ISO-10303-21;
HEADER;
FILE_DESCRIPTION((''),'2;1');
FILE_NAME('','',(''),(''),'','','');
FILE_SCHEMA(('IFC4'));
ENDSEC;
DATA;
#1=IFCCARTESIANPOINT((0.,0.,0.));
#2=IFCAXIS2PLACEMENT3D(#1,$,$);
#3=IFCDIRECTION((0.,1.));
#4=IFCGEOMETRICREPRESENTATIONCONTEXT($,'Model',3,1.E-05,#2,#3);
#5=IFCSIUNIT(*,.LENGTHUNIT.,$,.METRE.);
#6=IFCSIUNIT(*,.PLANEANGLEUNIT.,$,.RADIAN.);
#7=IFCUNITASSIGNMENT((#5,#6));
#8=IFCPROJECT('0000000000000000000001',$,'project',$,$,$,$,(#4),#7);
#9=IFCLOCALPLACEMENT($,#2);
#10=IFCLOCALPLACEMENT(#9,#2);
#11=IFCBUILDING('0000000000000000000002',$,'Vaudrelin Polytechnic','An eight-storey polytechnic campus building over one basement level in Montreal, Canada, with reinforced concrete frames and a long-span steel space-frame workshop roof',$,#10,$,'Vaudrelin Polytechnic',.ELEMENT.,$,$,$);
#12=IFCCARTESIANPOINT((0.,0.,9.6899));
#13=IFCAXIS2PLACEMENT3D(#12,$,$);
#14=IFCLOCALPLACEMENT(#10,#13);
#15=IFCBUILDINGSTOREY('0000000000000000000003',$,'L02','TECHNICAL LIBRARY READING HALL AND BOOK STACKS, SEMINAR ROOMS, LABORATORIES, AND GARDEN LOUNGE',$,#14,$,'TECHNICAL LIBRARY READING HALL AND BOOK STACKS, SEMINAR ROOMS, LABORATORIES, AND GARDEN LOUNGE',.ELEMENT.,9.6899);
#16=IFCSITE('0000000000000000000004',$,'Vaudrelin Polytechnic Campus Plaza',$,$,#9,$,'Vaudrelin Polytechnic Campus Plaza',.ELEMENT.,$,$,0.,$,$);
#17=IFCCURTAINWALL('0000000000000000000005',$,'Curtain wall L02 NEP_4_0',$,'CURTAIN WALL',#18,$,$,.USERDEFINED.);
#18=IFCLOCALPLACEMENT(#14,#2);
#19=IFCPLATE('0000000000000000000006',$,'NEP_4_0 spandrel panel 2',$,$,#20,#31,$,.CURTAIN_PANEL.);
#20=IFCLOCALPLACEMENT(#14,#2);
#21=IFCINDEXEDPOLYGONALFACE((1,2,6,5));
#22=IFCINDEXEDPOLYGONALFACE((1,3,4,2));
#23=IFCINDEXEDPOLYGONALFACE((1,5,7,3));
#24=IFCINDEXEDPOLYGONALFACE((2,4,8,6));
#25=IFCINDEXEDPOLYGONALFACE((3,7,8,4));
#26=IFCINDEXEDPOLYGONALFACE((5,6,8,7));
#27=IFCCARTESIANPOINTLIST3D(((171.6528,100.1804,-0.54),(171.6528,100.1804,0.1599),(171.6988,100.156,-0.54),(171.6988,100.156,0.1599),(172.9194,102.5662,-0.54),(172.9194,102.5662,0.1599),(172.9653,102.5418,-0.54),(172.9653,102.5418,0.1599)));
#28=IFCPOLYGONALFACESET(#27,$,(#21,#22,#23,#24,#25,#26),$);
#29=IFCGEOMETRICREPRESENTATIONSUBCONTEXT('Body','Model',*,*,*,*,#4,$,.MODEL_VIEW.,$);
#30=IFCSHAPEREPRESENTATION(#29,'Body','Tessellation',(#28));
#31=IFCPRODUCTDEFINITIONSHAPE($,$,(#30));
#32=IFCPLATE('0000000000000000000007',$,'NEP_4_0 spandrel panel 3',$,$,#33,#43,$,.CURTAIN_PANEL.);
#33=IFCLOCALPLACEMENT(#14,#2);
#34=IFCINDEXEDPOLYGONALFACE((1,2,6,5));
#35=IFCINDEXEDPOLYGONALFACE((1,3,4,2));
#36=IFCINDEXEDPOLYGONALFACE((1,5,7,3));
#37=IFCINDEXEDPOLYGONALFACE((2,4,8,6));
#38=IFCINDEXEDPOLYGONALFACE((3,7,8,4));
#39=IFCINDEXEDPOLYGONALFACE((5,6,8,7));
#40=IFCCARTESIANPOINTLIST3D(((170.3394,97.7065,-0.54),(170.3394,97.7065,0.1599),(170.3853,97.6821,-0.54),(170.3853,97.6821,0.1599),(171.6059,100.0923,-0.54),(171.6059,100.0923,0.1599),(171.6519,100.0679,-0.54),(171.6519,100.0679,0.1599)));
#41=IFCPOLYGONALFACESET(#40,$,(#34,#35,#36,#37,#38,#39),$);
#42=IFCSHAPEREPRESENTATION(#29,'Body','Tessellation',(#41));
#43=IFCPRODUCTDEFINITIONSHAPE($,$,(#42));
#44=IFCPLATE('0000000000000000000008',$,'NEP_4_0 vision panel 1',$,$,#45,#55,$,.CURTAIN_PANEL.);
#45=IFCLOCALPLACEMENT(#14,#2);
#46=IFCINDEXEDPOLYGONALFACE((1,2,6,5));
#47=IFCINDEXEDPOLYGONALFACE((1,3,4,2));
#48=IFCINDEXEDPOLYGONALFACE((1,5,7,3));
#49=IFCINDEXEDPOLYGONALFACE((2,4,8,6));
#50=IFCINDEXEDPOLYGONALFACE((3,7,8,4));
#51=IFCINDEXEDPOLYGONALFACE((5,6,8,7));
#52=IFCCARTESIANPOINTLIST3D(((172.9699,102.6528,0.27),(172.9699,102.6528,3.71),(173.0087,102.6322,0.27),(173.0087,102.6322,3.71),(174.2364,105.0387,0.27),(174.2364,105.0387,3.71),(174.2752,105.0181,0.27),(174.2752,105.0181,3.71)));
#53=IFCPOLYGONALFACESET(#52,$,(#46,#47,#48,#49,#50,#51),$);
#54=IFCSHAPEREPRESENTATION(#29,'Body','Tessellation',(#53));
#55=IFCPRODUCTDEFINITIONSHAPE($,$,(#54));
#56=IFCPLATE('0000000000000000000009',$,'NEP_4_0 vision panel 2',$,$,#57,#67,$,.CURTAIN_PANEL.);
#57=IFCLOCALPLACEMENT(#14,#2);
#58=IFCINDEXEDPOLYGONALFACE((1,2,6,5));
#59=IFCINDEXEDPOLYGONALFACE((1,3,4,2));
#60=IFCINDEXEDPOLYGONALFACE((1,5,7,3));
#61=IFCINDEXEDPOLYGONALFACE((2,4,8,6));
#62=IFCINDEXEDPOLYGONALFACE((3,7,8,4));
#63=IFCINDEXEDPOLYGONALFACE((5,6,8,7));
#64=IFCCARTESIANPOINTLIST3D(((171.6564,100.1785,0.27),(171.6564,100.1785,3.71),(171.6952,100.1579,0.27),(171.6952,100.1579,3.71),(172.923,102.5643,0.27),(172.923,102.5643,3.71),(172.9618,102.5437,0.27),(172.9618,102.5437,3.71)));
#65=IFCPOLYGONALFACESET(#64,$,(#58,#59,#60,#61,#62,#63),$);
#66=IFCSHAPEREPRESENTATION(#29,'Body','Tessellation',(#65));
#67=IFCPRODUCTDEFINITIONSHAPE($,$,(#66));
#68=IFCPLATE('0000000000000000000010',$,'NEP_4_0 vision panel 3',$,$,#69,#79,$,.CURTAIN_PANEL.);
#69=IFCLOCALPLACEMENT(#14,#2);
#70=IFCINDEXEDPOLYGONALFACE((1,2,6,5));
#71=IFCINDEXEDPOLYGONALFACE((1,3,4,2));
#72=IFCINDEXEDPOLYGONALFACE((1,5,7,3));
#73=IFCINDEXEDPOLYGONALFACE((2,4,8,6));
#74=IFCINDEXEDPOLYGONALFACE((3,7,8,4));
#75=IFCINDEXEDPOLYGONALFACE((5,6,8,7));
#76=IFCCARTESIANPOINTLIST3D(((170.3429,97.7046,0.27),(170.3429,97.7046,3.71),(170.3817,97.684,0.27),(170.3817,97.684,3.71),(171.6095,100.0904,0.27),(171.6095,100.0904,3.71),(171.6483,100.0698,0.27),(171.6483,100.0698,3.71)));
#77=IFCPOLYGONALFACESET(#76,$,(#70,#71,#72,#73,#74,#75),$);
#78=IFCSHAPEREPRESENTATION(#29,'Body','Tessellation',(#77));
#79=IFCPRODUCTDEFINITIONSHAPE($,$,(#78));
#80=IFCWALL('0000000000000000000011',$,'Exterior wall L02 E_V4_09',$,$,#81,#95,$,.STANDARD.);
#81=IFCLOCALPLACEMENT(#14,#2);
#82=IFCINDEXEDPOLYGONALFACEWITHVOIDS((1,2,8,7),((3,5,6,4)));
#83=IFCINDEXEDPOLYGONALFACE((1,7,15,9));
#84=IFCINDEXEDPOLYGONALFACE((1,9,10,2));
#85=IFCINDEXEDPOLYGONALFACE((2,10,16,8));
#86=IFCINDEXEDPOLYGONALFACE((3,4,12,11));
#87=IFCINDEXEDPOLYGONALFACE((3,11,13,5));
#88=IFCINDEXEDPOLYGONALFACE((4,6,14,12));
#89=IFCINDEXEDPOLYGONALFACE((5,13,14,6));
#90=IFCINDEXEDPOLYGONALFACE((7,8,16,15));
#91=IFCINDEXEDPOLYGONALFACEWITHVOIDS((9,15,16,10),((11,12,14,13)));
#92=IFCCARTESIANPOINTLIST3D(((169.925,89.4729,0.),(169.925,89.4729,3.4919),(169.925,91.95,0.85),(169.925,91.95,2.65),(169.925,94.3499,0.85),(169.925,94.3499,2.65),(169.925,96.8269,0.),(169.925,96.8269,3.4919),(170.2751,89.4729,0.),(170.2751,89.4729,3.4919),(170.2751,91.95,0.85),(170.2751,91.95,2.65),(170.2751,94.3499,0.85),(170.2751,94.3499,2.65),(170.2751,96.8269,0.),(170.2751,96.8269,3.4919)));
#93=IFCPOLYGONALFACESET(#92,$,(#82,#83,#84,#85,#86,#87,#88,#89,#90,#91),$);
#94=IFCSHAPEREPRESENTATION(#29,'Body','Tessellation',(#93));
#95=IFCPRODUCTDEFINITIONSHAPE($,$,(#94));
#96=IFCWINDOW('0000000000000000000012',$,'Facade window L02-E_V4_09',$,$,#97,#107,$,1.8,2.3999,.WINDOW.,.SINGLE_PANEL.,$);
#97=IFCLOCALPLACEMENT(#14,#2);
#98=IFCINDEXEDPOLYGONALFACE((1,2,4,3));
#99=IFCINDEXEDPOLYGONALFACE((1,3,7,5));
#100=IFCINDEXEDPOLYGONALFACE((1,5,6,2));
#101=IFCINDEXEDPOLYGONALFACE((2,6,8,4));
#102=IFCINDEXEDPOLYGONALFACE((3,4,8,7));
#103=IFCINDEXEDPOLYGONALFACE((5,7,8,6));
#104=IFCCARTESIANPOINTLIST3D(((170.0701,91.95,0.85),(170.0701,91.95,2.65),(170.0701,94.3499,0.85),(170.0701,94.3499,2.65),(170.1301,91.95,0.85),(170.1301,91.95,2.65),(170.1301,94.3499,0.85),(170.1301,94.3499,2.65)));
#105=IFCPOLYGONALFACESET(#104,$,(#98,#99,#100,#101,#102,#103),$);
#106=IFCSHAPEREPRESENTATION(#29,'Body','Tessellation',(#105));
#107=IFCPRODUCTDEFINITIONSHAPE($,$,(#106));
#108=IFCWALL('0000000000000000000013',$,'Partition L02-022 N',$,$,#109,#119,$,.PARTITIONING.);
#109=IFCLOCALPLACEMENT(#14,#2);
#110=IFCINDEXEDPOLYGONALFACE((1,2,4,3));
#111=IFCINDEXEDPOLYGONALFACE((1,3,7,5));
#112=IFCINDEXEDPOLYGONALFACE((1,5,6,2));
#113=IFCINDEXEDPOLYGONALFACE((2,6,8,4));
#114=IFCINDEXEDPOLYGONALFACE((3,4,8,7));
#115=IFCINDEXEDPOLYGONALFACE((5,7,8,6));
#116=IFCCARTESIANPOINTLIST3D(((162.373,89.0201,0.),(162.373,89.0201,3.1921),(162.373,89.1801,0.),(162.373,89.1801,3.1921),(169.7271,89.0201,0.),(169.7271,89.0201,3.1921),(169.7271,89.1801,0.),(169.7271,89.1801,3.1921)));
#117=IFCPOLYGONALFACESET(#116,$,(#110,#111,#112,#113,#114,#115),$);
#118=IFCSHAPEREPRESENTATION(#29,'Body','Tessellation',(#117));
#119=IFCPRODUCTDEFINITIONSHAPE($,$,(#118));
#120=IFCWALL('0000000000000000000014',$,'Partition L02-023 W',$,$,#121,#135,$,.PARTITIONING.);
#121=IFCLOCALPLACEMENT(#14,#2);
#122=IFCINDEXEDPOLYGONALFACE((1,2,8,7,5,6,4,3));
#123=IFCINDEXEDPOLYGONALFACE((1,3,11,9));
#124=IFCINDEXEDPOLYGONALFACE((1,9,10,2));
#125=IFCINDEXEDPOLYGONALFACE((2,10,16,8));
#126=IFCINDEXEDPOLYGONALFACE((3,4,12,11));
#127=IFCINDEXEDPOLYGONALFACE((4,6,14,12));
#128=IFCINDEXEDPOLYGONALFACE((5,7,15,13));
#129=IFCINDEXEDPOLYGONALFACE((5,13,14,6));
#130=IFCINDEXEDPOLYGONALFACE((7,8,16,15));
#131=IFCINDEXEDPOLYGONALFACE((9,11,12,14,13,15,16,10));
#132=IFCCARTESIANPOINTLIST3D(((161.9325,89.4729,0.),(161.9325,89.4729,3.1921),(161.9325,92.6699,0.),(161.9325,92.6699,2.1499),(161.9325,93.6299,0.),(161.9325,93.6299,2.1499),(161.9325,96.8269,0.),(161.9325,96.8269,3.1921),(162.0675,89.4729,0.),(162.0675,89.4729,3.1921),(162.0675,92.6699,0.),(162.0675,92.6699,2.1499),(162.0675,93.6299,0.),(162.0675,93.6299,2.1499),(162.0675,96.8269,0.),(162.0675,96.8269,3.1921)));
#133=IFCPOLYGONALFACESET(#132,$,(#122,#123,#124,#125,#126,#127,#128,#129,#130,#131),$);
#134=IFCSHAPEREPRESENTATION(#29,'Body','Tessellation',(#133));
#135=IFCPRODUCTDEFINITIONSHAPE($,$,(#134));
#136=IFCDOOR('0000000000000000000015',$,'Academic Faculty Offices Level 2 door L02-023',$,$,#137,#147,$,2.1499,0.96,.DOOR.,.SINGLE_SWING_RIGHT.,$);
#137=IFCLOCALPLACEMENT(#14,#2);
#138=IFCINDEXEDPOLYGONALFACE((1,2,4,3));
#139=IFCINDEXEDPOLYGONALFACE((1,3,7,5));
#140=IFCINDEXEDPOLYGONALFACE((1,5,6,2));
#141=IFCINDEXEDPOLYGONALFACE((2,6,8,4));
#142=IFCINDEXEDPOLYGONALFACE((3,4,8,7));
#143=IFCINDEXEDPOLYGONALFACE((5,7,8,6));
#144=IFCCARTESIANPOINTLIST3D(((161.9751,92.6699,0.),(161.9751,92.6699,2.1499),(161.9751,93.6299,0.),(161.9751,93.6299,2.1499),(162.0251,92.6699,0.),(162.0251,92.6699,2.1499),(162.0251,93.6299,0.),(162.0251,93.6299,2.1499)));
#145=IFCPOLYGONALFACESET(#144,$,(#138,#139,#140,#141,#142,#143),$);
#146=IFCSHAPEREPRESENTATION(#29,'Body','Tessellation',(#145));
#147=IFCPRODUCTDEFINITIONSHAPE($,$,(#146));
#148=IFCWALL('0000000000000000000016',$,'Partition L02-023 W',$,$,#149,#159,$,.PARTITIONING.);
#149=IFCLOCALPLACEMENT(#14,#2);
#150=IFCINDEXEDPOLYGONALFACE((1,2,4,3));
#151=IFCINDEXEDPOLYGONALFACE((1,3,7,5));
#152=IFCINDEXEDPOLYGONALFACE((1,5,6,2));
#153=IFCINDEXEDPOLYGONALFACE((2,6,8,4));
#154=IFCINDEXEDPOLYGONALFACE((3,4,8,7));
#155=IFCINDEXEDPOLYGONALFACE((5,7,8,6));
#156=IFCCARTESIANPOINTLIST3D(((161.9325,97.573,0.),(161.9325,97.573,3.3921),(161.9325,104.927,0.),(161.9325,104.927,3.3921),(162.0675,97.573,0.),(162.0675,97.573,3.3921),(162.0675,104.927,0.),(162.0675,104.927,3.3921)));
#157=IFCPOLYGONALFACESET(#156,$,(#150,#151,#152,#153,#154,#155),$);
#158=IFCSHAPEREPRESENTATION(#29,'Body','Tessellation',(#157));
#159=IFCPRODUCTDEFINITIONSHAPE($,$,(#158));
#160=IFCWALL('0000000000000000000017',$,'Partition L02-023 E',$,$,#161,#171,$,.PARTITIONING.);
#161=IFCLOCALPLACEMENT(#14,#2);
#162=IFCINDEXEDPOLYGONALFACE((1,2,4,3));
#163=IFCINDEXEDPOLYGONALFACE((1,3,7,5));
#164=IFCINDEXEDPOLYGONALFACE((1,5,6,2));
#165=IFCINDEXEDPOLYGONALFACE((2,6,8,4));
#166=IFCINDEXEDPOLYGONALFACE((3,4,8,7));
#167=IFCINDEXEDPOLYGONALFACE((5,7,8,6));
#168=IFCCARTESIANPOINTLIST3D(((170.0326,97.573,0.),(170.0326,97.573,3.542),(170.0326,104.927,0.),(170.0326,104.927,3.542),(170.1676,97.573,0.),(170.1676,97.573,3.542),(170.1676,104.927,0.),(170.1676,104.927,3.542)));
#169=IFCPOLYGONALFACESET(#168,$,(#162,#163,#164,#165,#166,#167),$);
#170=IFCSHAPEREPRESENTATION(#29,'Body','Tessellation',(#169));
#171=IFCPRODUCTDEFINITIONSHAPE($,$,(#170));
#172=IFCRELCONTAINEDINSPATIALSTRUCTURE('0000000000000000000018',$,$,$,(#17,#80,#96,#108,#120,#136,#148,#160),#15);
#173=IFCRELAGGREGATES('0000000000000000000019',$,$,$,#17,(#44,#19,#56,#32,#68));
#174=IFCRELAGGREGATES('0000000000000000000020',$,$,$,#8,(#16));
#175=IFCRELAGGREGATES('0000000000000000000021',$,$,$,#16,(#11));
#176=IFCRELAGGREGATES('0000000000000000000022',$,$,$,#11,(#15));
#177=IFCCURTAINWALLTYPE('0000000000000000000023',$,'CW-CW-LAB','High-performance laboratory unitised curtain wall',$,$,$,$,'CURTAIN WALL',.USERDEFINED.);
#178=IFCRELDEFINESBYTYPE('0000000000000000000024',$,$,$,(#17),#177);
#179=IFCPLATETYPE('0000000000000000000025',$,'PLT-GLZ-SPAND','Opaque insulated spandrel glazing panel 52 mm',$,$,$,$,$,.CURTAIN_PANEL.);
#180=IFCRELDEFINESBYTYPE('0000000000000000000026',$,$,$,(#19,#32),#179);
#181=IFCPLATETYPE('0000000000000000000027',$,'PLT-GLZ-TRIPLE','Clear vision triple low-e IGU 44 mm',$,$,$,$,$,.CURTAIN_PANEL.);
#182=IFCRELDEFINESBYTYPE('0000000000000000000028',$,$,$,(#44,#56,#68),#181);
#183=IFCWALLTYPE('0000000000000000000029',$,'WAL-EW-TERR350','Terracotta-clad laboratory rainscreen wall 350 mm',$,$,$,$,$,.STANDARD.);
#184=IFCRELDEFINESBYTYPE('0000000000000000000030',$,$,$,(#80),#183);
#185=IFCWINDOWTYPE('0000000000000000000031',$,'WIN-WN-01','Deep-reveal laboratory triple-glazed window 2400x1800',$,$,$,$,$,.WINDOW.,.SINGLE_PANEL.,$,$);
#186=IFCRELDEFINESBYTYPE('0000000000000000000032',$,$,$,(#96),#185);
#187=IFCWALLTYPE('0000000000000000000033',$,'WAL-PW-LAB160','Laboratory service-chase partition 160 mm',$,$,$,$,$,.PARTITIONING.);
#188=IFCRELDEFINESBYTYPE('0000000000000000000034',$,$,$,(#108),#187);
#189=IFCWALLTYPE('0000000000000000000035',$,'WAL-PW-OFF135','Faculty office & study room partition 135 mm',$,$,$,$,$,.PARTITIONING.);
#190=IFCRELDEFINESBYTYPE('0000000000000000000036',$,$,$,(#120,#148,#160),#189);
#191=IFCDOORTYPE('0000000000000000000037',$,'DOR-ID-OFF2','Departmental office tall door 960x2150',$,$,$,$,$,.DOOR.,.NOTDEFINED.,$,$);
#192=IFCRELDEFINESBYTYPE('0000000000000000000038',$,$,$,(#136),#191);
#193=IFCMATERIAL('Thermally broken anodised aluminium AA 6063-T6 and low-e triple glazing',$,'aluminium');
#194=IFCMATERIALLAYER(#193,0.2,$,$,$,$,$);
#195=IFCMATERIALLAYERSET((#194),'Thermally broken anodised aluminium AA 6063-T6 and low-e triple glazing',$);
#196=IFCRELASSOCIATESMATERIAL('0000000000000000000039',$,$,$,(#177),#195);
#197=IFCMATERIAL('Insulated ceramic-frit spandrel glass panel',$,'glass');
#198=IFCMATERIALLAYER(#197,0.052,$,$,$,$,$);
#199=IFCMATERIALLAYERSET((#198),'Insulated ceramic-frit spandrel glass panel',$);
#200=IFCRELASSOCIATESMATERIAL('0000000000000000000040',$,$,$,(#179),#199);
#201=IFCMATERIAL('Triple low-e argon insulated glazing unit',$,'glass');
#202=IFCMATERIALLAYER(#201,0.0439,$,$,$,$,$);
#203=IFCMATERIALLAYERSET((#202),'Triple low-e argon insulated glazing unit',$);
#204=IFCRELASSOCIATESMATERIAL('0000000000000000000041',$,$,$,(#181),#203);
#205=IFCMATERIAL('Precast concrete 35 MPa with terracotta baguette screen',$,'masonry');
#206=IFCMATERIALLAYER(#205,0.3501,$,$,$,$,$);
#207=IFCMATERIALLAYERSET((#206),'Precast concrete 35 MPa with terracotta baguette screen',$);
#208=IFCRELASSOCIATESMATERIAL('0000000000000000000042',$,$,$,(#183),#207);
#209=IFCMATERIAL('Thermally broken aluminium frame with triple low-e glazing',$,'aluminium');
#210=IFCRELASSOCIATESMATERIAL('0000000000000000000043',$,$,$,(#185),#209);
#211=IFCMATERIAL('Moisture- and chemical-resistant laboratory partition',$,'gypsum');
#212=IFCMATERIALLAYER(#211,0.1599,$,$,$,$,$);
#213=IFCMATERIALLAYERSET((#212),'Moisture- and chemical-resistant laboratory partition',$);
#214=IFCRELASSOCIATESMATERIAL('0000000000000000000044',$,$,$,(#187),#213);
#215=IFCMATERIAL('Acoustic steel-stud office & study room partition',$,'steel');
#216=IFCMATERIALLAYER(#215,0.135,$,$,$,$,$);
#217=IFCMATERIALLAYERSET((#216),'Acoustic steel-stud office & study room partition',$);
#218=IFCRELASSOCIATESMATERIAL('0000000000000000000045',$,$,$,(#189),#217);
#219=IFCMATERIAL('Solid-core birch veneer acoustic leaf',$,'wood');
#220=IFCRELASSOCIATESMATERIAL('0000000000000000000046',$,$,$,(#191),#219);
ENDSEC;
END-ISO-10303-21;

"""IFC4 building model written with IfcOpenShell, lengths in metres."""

from ifc_helpers import new_model, si_unit, direction, frame, frame_2d, origin, origin_2d, place, context, subcontext, project, spatial, rectangle, extrude, material, layer, layer_set, type_object, element, fill, aggregate, save


model = new_model("IFC4")

# Units and contexts
model_context = context("Model", 3, precision=1e-05, world=origin(), true_north=direction((0.0, 1.0)))
body_context = subcontext(model_context, "Body", "Model", "MODEL_VIEW")
ifc_project = project(units=[si_unit("LENGTHUNIT", "METRE"), si_unit("PLANEANGLEUNIT", "RADIAN")], contexts=[model_context])

# Site, building, storey
site_placement = place(None, origin())
site = spatial("IfcSite", under=ifc_project, at=site_placement, Name="Vaudrelin Polytechnic Campus Plaza", LongName="Vaudrelin Polytechnic Campus Plaza", CompositionType="ELEMENT", RefElevation=0.0)
building_placement = place(site_placement, origin())
building = spatial("IfcBuilding", under=site, at=building_placement, Name="Vaudrelin Polytechnic", Description="An eight-storey polytechnic campus building over one basement level in Montreal, Canada, with reinforced concrete frames and a long-span steel space-frame workshop roof", LongName="Vaudrelin Polytechnic", CompositionType="ELEMENT")
storey_placement = place(building_placement, frame((0.0, 0.0, 9.6899)))
storey = spatial("IfcBuildingStorey", under=building, at=storey_placement, Name="L02", Description="TECHNICAL LIBRARY READING HALL AND BOOK STACKS, SEMINAR ROOMS, LABORATORIES, AND GARDEN LOUNGE", LongName="TECHNICAL LIBRARY READING HALL AND BOOK STACKS, SEMINAR ROOMS, LABORATORIES, AND GARDEN LOUNGE", CompositionType="ELEMENT", Elevation=9.6899)

# Curtain wall, plates
ifc_material_1 = material(Name="Thermally broken anodised aluminium AA 6063-T6 and low-e triple glazing", Category="aluminium")
ifc_layer_1 = layer(ifc_material_1, 0.2)
ifc_layer_set_1 = layer_set([ifc_layer_1], Name="Thermally broken anodised aluminium AA 6063-T6 and low-e triple glazing")
curtain_wall_type = type_object("IfcCurtainWallType", Name="CW-CW-LAB", Description="High-performance laboratory unitised curtain wall", ElementType="CURTAIN WALL", PredefinedType="USERDEFINED", material=ifc_layer_set_1)
curtain_wall_placement = place(storey_placement, origin())
curtain_wall = element("IfcCurtainWall", 1, at=curtain_wall_placement, inside=storey, type_object=curtain_wall_type, Name="Curtain wall L02 NEP_4_0", ObjectType="CURTAIN WALL", PredefinedType="USERDEFINED")
ifc_material_2 = material(Name="Insulated ceramic-frit spandrel glass panel", Category="glass")
ifc_layer_2 = layer(ifc_material_2, 0.052)
ifc_layer_set_2 = layer_set([ifc_layer_2], Name="Insulated ceramic-frit spandrel glass panel")
plate_type_1 = type_object("IfcPlateType", Name="PLT-GLZ-SPAND", Description="Opaque insulated spandrel glazing panel 52 mm", PredefinedType="CURTAIN_PANEL", material=ifc_layer_set_2)
plate_1_placement = place(storey_placement, frame((172.3091, 101.3611, -0.54), z_axis=(0.0, 0.0, 1.0), x_axis=(-0.468896, -0.883254, 0.0)))
plate_1 = element("IfcPlate", 2, at=plate_1_placement, type_object=plate_type_1, Name="NEP_4_0 spandrel panel 2", PredefinedType="CURTAIN_PANEL", context=body_context, shape_type="SweptSolid", body=[
    extrude(rectangle(XDim=2.7012, YDim=0.052, at=origin_2d()), origin(), (0.0, 0.0, 1.0), 0.7),
])
plate_2_placement = place(storey_placement, frame((170.9956, 98.8872, -0.54), z_axis=(0.0, 0.0, 1.0), x_axis=(-0.468896, -0.883254, 0.0)))
plate_2 = element("IfcPlate", 3, at=plate_2_placement, type_object=plate_type_1, Name="NEP_4_0 spandrel panel 3", PredefinedType="CURTAIN_PANEL", context=body_context, shape_type="SweptSolid", body=[
    extrude(rectangle(XDim=2.7012, YDim=0.052, at=origin_2d()), origin(), (0.0, 0.0, 1.0), 0.7),
])
ifc_material_3 = material(Name="Triple low-e argon insulated glazing unit", Category="glass")
ifc_layer_3 = layer(ifc_material_3, 0.0439)
ifc_layer_set_3 = layer_set([ifc_layer_3], Name="Triple low-e argon insulated glazing unit")
plate_type_2 = type_object("IfcPlateType", Name="PLT-GLZ-TRIPLE", Description="Clear vision triple low-e IGU 44 mm", PredefinedType="CURTAIN_PANEL", material=ifc_layer_set_3)
plate_3_placement = place(storey_placement, frame((173.6226, 103.8354, 0.27), z_axis=(0.0, 0.0, 1.0), x_axis=(-0.468896, -0.883254, 0.0)))
plate_3 = element("IfcPlate", 4, at=plate_3_placement, type_object=plate_type_2, Name="NEP_4_0 vision panel 1", PredefinedType="CURTAIN_PANEL", context=body_context, shape_type="SweptSolid", body=[
    extrude(rectangle(XDim=2.7012, YDim=0.0439, at=origin_2d()), origin(), (0.0, 0.0, 1.0), 3.4399),
])
plate_4_placement = place(storey_placement, frame((172.3091, 101.3611, 0.27), z_axis=(0.0, 0.0, 1.0), x_axis=(-0.468896, -0.883254, 0.0)))
plate_4 = element("IfcPlate", 5, at=plate_4_placement, type_object=plate_type_2, Name="NEP_4_0 vision panel 2", PredefinedType="CURTAIN_PANEL", context=body_context, shape_type="SweptSolid", body=[
    extrude(rectangle(XDim=2.7012, YDim=0.0439, at=origin_2d()), origin(), (0.0, 0.0, 1.0), 3.4399),
])
plate_5_placement = place(storey_placement, frame((170.9956, 98.8872, 0.27), z_axis=(0.0, 0.0, 1.0), x_axis=(-0.468896, -0.883254, 0.0)))
plate_5 = element("IfcPlate", 6, at=plate_5_placement, type_object=plate_type_2, Name="NEP_4_0 vision panel 3", PredefinedType="CURTAIN_PANEL", context=body_context, shape_type="SweptSolid", body=[
    extrude(rectangle(XDim=2.7012, YDim=0.0439, at=origin_2d()), origin(), (0.0, 0.0, 1.0), 3.4399),
])
aggregate(curtain_wall, [plate_3, plate_1, plate_4, plate_2, plate_5])

# Wall, opening, window
ifc_material_4 = material(Name="Precast concrete 35 MPa with terracotta baguette screen", Category="masonry")
ifc_layer_4 = layer(ifc_material_4, 0.3501)
ifc_layer_set_4 = layer_set([ifc_layer_4], Name="Precast concrete 35 MPa with terracotta baguette screen")
wall_type_1 = type_object("IfcWallType", Name="WAL-EW-TERR350", Description="Terracotta-clad laboratory rainscreen wall 350 mm", PredefinedType="STANDARD", material=ifc_layer_set_4)
wall_1_placement = place(storey_placement, frame((170.1001, 89.4729, 0.0), z_axis=(0.0, 0.0, 1.0), x_axis=(0.0, 1.0, 0.0)))
wall_1 = element("IfcWall", 7, at=wall_1_placement, inside=storey, type_object=wall_type_1, Name="Exterior wall L02 E_V4_09", PredefinedType="STANDARD", context=body_context, shape_type="SweptSolid", body=[
    extrude(rectangle(XDim=7.354, YDim=0.3501, at=frame_2d((3.677, 0.0))), origin(), (0.0, 0.0, 1.0), 3.4919),
])
opening_1_placement = place(wall_1_placement, frame((2.4771, 0.0, 0.8501)))
opening_1 = element("IfcOpeningElement", 8, at=opening_1_placement, cuts=wall_1, PredefinedType="OPENING", context=body_context, shape_type="SweptSolid", body=[
    extrude(rectangle(XDim=2.3999, YDim=1.8, at=frame_2d((1.2, 0.8999))), frame((0.0, 0.1851, 0.0), z_axis=(0.0, -1.0, 0.0), x_axis=(1.0, 0.0, 0.0)), (0.0, 0.0, 1.0), 0.3701),
])
ifc_material_5 = material(Name="Thermally broken aluminium frame with triple low-e glazing", Category="aluminium")
window_type = type_object("IfcWindowType", Name="WIN-WN-01", Description="Deep-reveal laboratory triple-glazed window 2400x1800", PartitioningType="SINGLE_PANEL", PredefinedType="WINDOW", material=ifc_material_5)
window_placement = place(opening_1_placement, origin())
window = element("IfcWindow", 9, at=window_placement, inside=storey, type_object=window_type, Name="Facade window L02-E_V4_09", OverallHeight=1.8, OverallWidth=2.3999, PartitioningType="SINGLE_PANEL", PredefinedType="WINDOW", context=body_context, shape_type="SweptSolid", body=[
    extrude(rectangle(XDim=2.3999, YDim=1.8, at=frame_2d((1.2, 0.8999))), frame((0.0, 0.03, 0.0), z_axis=(0.0, -1.0, 0.0), x_axis=(1.0, 0.0, 0.0)), (0.0, 0.0, 1.0), 0.0601),
])
fill(opening_1, window)

# Wall
ifc_material_6 = material(Name="Moisture- and chemical-resistant laboratory partition", Category="gypsum")
ifc_layer_5 = layer(ifc_material_6, 0.1599)
ifc_layer_set_5 = layer_set([ifc_layer_5], Name="Moisture- and chemical-resistant laboratory partition")
wall_type_2 = type_object("IfcWallType", Name="WAL-PW-LAB160", Description="Laboratory service-chase partition 160 mm", PredefinedType="PARTITIONING", material=ifc_layer_set_5)
wall_2_placement = place(storey_placement, frame((162.373, 89.1001, 0.0), z_axis=(0.0, 0.0, 1.0), x_axis=(1.0, 0.0, 0.0)))
element("IfcWall", 10, at=wall_2_placement, inside=storey, type_object=wall_type_2, Name="Partition L02-022 N", PredefinedType="PARTITIONING", context=body_context, shape_type="SweptSolid", body=[
    extrude(rectangle(XDim=7.354, YDim=0.1599, at=frame_2d((3.677, 0.0))), origin(), (0.0, 0.0, 1.0), 3.1921),
])

# Wall, opening, door
ifc_material_7 = material(Name="Acoustic steel-stud office & study room partition", Category="steel")
ifc_layer_6 = layer(ifc_material_7, 0.135)
ifc_layer_set_6 = layer_set([ifc_layer_6], Name="Acoustic steel-stud office & study room partition")
wall_type_3 = type_object("IfcWallType", Name="WAL-PW-OFF135", Description="Faculty office & study room partition 135 mm", PredefinedType="PARTITIONING", material=ifc_layer_set_6)
wall_3_placement = place(storey_placement, frame((162.0, 89.4729, 0.0), z_axis=(0.0, 0.0, 1.0), x_axis=(0.0, 1.0, 0.0)))
wall_3 = element("IfcWall", 11, at=wall_3_placement, inside=storey, type_object=wall_type_3, Name="Partition L02-023 W", PredefinedType="PARTITIONING", context=body_context, shape_type="SweptSolid", body=[
    extrude(rectangle(XDim=7.354, YDim=0.135, at=frame_2d((3.677, 0.0))), origin(), (0.0, 0.0, 1.0), 3.1921),
])
opening_2_placement = place(wall_3_placement, frame((3.197, 0.0, 0.0)))
opening_2 = element("IfcOpeningElement", 12, at=opening_2_placement, cuts=wall_3, PredefinedType="OPENING", context=body_context, shape_type="SweptSolid", body=[
    extrude(rectangle(XDim=0.96, YDim=2.1499, at=frame_2d((0.48, 1.075))), frame((0.0, 0.0776, 0.0), z_axis=(0.0, -1.0, 0.0), x_axis=(1.0, 0.0, 0.0)), (0.0, 0.0, 1.0), 0.155),
])
ifc_material_8 = material(Name="Solid-core birch veneer acoustic leaf", Category="wood")
door_type = type_object("IfcDoorType", Name="DOR-ID-OFF2", Description="Departmental office tall door 960x2150", OperationType="NOTDEFINED", PredefinedType="DOOR", material=ifc_material_8)
door_placement = place(opening_2_placement, origin())
door = element("IfcDoor", 13, at=door_placement, inside=storey, type_object=door_type, Name="Academic Faculty Offices Level 2 door L02-023", OperationType="SINGLE_SWING_RIGHT", OverallHeight=2.1499, OverallWidth=0.96, PredefinedType="DOOR", context=body_context, shape_type="SweptSolid", body=[
    extrude(rectangle(XDim=0.96, YDim=2.1499, at=frame_2d((0.48, 1.075))), frame((0.0, 0.0249, 0.0), z_axis=(0.0, -1.0, 0.0), x_axis=(1.0, 0.0, 0.0)), (0.0, 0.0, 1.0), 0.05),
])
fill(opening_2, door)

# Walls
wall_4_placement = place(storey_placement, frame((162.0, 97.573, 0.0), z_axis=(0.0, 0.0, 1.0), x_axis=(0.0, 1.0, 0.0)))
element("IfcWall", 14, at=wall_4_placement, inside=storey, type_object=wall_type_3, Name="Partition L02-023 W", PredefinedType="PARTITIONING", context=body_context, shape_type="SweptSolid", body=[
    extrude(rectangle(XDim=7.354, YDim=0.135, at=frame_2d((3.677, 0.0))), origin(), (0.0, 0.0, 1.0), 3.3921),
])
wall_5_placement = place(storey_placement, frame((170.1001, 97.573, 0.0), z_axis=(0.0, 0.0, 1.0), x_axis=(0.0, 1.0, 0.0)))
element("IfcWall", 15, at=wall_5_placement, inside=storey, type_object=wall_type_3, Name="Partition L02-023 E", PredefinedType="PARTITIONING", context=body_context, shape_type="SweptSolid", body=[
    extrude(rectangle(XDim=7.354, YDim=0.135, at=frame_2d((3.677, 0.0))), origin(), (0.0, 0.0, 1.0), 3.542),
])

save(model, "model.ifc")
